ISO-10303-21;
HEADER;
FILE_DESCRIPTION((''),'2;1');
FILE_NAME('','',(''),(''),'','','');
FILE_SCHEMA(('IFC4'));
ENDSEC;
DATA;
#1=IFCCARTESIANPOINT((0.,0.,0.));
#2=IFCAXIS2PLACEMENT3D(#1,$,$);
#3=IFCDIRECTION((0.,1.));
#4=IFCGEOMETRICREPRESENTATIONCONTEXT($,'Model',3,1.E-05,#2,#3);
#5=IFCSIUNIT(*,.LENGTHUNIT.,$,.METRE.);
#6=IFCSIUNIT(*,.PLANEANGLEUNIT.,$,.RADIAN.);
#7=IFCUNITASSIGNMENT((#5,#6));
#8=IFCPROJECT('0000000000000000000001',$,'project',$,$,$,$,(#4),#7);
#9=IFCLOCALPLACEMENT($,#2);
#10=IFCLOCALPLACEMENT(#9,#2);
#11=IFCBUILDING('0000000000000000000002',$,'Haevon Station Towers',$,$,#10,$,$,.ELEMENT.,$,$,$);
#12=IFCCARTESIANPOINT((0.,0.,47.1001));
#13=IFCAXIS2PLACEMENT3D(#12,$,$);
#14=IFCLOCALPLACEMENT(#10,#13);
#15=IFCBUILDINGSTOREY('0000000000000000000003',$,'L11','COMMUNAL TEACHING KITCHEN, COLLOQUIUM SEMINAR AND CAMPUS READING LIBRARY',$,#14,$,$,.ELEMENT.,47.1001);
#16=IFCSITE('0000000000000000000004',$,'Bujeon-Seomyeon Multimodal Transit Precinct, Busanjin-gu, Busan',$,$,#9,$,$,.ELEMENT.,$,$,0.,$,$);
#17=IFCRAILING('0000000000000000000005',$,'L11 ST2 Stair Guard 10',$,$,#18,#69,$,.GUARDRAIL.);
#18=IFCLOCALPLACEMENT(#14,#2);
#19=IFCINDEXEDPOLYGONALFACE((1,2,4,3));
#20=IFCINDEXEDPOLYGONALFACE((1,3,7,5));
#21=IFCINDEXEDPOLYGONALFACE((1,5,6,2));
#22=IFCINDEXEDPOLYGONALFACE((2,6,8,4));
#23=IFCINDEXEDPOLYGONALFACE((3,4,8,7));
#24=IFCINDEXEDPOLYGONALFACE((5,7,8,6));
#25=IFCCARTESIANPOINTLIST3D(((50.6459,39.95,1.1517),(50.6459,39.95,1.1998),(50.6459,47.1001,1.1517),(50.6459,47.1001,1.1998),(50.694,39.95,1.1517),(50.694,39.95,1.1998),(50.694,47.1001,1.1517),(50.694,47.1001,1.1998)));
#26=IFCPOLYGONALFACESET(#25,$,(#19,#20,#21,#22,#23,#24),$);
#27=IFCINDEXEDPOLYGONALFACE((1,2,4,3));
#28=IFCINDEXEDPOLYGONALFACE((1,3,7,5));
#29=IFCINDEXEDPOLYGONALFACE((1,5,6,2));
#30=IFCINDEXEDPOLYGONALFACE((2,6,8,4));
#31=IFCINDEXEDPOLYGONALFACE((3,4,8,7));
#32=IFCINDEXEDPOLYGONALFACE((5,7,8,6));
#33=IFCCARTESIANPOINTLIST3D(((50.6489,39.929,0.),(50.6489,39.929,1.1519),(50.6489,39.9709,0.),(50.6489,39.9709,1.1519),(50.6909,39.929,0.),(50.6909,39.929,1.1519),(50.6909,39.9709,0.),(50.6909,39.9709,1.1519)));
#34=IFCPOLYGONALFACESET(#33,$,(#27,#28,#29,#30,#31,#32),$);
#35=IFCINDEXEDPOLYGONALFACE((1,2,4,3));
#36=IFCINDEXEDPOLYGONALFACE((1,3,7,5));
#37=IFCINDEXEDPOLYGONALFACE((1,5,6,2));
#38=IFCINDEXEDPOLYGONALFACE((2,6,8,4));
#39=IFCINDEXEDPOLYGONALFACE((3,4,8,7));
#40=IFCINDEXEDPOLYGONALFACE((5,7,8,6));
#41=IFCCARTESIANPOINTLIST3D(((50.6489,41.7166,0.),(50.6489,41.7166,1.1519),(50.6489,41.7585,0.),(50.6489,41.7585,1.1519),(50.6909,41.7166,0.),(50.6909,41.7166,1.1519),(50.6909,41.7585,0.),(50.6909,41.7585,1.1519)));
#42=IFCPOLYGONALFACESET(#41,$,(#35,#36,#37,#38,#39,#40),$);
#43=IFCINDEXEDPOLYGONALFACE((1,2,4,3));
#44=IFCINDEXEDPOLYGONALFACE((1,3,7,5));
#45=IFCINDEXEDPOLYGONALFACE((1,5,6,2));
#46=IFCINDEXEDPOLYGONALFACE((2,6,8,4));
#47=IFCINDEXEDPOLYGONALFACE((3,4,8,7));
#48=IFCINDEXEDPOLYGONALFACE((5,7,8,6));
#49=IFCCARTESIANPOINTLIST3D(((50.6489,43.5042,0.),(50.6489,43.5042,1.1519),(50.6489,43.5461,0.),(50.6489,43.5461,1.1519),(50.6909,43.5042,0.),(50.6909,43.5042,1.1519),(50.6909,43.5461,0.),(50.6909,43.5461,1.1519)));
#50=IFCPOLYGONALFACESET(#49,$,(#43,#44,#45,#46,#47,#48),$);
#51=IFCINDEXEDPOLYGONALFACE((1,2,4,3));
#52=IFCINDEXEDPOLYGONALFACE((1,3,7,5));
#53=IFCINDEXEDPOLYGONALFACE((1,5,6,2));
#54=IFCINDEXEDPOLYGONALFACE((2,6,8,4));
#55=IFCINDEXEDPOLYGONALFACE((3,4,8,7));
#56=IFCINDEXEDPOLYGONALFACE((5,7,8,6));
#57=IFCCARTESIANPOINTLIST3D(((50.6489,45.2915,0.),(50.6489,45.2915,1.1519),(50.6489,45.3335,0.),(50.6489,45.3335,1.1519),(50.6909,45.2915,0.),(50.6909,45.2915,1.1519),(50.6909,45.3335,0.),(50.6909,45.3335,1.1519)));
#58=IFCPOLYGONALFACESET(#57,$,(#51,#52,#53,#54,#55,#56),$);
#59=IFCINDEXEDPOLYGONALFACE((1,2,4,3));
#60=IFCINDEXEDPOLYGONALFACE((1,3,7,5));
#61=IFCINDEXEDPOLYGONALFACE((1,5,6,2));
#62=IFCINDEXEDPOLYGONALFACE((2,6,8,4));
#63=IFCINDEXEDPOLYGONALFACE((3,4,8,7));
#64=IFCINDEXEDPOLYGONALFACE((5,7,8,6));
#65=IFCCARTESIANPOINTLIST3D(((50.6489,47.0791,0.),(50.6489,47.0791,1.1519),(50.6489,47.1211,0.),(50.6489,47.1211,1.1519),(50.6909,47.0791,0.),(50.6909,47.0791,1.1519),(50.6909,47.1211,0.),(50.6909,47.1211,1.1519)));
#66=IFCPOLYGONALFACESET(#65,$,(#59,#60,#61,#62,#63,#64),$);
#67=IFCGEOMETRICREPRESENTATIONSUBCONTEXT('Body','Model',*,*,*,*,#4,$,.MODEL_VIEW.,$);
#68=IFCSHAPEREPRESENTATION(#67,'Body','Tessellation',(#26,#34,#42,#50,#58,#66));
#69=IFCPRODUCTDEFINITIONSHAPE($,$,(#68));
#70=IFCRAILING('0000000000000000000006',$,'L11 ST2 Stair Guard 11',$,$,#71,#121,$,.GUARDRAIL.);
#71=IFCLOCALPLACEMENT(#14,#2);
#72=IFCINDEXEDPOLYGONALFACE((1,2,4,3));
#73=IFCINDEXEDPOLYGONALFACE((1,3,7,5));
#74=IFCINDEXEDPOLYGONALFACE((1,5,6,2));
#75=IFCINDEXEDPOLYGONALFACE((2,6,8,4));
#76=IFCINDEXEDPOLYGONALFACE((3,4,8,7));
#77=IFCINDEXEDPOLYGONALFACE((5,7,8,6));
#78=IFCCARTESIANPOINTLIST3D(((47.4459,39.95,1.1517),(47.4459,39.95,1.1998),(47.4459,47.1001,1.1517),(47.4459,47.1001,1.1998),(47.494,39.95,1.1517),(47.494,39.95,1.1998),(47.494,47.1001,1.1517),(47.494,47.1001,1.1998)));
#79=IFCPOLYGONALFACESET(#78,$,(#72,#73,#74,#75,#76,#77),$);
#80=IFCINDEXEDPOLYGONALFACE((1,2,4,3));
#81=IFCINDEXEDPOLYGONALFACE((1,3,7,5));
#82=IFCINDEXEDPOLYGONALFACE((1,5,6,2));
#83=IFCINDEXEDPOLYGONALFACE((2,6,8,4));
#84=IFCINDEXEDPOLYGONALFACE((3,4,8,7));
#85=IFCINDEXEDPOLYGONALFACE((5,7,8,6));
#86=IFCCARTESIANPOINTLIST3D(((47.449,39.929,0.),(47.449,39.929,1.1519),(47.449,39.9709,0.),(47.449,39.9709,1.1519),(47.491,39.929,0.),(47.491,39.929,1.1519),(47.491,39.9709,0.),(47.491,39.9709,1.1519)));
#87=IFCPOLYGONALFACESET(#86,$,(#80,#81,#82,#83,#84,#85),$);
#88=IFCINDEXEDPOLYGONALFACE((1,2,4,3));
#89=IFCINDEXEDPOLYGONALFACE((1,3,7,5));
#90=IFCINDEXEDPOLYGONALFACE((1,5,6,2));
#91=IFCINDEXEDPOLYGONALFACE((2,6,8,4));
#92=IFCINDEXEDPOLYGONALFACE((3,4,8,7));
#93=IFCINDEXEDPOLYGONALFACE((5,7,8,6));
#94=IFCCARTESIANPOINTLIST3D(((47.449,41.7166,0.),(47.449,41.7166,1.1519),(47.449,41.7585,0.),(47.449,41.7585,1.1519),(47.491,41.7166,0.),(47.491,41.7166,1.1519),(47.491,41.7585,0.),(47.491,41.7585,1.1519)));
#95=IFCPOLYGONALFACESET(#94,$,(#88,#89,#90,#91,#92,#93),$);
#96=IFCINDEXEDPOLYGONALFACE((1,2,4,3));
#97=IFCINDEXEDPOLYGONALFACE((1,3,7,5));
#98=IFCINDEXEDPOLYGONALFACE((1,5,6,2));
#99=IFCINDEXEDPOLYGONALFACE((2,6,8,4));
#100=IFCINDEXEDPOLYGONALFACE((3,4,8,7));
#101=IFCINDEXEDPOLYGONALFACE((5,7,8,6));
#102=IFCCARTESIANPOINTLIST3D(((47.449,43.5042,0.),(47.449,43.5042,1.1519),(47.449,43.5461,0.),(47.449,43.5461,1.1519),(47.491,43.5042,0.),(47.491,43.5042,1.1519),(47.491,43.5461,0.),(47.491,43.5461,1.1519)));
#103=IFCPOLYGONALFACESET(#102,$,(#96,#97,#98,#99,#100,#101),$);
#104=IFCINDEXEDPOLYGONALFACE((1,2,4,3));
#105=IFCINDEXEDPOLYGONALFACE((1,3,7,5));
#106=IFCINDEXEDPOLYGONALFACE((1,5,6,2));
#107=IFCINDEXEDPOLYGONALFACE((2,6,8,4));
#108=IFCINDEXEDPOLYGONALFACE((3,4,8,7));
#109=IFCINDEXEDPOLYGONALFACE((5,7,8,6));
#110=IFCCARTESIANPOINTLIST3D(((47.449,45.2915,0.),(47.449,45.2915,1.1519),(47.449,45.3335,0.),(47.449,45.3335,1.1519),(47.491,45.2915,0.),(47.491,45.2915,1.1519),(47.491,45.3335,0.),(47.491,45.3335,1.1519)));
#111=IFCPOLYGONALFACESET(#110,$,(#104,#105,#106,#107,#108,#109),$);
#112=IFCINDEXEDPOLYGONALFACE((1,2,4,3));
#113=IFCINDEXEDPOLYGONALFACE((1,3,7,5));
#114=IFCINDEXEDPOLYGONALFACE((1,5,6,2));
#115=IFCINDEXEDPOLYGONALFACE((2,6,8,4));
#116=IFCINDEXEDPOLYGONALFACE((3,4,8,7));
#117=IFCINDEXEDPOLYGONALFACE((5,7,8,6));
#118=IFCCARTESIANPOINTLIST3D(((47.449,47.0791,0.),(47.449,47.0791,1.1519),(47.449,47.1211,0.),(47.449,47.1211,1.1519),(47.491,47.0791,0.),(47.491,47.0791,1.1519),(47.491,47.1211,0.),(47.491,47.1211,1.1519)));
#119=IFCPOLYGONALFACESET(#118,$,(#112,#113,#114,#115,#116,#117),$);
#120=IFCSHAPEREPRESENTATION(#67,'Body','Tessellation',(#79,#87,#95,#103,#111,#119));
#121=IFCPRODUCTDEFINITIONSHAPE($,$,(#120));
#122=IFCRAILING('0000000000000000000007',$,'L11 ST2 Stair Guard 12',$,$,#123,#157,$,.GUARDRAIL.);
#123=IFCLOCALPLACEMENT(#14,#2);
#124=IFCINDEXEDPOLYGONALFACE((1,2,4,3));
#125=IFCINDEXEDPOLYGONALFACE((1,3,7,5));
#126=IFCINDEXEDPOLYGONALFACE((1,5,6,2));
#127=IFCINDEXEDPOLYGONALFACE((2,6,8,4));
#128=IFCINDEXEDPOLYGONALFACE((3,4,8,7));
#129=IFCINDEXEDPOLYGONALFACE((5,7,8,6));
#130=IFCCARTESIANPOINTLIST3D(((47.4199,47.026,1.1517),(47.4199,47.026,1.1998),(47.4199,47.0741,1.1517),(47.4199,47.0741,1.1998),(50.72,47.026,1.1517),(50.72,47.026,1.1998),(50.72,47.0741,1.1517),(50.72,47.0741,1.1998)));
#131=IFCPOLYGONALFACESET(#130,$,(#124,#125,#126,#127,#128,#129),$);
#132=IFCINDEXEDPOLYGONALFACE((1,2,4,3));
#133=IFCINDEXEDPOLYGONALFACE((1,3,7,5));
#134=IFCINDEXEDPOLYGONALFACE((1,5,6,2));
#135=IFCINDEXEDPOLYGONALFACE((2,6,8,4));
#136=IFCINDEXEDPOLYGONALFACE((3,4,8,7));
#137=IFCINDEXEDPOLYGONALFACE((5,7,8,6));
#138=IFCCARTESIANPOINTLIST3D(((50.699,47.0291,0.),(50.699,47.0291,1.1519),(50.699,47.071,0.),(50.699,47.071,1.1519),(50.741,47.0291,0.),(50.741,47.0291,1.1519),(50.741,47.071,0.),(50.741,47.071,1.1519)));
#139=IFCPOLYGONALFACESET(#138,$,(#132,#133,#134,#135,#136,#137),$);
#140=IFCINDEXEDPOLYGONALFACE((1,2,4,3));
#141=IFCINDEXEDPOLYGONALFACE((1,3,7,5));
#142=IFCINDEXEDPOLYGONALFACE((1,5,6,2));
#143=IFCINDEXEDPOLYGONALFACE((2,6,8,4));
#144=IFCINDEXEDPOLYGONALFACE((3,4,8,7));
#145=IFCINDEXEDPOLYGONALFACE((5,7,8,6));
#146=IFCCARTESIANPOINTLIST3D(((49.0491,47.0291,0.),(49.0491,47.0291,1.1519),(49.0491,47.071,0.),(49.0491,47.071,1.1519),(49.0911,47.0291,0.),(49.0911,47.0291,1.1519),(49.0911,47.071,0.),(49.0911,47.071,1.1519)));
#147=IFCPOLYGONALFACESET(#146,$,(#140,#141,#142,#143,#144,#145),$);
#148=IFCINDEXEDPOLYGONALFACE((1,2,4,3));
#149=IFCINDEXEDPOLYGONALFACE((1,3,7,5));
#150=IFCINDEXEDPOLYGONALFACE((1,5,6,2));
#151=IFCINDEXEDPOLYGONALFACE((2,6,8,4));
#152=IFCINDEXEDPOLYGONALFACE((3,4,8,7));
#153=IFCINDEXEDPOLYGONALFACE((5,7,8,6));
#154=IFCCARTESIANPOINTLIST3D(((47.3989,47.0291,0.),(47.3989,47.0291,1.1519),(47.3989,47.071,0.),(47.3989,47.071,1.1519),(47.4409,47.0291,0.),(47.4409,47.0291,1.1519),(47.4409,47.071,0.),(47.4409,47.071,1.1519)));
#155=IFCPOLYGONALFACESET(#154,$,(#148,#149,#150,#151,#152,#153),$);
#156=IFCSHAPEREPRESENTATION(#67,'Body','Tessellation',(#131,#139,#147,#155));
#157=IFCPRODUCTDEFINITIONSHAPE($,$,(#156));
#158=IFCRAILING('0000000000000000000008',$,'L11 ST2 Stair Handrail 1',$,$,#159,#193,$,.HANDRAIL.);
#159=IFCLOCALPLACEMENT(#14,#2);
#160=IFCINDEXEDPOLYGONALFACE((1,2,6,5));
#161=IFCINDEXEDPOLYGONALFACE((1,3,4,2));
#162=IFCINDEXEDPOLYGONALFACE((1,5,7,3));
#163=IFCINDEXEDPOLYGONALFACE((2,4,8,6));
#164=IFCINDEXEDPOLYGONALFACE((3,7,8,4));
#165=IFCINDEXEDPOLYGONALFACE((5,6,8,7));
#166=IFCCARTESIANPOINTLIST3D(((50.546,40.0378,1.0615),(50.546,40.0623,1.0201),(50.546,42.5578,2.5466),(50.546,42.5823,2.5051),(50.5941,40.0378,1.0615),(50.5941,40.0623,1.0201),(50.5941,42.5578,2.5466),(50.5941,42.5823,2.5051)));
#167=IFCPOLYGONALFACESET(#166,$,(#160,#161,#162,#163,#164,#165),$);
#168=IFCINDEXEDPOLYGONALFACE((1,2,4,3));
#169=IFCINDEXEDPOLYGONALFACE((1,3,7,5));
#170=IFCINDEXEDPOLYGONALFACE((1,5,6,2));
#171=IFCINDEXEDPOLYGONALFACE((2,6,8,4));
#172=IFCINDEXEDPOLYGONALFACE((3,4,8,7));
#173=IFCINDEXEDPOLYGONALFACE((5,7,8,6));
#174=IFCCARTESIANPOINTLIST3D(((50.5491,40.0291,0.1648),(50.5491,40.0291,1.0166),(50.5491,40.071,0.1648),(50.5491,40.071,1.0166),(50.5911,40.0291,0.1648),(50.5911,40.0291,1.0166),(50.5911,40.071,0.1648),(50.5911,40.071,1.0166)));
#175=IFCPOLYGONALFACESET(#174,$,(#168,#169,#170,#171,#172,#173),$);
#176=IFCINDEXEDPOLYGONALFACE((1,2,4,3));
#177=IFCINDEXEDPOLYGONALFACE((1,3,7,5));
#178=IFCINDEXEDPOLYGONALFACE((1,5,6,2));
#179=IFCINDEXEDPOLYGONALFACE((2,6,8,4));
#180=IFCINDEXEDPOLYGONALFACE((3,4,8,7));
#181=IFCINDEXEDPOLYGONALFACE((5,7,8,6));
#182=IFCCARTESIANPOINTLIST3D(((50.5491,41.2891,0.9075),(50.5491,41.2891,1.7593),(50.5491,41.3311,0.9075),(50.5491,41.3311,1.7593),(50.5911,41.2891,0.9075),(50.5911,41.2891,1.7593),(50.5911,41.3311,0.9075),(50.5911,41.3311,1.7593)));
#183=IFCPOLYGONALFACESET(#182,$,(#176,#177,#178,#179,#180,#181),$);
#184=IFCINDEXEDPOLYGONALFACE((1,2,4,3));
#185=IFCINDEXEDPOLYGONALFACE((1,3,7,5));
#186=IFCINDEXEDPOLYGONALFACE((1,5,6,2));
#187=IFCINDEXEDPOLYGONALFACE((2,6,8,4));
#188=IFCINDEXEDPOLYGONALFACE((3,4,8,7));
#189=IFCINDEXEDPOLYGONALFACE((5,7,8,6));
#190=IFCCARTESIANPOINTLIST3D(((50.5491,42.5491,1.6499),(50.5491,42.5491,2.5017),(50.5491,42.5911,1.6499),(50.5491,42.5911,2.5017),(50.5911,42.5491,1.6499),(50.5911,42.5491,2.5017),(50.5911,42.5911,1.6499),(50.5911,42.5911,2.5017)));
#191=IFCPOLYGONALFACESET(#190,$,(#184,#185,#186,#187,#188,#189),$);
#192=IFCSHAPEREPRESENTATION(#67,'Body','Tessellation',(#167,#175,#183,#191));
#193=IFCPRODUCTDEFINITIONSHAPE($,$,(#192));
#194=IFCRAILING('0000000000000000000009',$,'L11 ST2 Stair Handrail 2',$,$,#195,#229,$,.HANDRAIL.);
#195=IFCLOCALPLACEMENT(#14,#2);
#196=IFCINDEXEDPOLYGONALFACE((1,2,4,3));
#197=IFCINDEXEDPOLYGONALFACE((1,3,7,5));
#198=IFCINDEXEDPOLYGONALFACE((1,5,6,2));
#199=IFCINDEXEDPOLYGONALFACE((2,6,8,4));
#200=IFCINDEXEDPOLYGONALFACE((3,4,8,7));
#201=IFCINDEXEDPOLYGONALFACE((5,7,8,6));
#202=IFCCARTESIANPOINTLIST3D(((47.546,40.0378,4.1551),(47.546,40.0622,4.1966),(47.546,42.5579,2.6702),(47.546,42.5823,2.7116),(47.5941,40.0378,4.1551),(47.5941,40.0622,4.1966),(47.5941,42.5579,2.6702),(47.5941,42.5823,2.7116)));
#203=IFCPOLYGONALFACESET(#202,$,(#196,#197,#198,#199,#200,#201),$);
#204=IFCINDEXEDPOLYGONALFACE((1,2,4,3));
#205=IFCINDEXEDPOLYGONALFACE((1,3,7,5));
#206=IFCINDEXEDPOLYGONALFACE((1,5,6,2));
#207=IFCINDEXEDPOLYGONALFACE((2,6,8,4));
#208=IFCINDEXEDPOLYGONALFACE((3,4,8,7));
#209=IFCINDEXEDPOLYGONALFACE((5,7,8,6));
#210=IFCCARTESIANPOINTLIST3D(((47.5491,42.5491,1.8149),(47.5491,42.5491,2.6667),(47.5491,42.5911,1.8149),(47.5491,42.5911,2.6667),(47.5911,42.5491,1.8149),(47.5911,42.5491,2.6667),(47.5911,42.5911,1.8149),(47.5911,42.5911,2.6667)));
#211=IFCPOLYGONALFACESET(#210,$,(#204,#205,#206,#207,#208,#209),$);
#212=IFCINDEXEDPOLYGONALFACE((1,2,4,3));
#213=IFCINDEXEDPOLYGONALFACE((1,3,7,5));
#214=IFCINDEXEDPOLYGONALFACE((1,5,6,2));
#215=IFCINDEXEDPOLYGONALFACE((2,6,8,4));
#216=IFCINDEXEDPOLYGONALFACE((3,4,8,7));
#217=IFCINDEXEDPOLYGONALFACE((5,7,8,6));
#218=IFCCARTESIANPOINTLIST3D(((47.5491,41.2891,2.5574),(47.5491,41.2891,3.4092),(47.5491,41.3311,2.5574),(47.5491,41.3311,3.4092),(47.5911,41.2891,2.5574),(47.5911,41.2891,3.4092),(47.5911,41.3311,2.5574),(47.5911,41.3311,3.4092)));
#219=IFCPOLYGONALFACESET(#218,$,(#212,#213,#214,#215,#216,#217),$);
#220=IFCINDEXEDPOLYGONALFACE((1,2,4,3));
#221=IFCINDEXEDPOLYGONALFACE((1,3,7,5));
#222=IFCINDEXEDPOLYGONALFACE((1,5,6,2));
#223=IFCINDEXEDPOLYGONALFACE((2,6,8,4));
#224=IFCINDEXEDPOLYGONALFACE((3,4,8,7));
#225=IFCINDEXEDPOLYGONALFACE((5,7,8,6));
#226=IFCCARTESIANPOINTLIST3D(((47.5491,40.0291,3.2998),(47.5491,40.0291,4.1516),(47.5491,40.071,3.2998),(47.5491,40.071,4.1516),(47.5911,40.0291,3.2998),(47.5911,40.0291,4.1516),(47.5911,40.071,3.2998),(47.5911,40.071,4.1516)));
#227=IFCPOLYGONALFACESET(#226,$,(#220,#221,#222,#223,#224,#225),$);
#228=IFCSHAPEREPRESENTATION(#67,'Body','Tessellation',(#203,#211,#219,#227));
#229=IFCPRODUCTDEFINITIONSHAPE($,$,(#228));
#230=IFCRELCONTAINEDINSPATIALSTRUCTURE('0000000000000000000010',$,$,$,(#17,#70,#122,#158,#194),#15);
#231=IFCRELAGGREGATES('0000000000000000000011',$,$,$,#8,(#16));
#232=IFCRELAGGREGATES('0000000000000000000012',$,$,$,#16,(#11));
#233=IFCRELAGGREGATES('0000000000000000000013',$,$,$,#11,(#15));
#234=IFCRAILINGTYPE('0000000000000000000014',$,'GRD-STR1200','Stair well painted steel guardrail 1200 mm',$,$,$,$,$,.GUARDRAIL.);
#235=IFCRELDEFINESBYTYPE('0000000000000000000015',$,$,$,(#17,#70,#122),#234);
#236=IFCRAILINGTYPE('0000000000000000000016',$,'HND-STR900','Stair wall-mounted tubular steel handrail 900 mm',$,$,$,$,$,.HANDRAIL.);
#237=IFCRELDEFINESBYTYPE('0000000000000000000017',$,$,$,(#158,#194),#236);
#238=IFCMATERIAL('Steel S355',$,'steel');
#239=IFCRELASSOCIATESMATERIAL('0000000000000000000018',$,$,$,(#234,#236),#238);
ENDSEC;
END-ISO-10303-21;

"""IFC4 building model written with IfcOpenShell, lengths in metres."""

from ifc_helpers import new_model, si_unit, direction, frame, origin, origin_2d, place, context, subcontext, project, spatial, rectangle, extrude, material, type_object, element, save


model = new_model("IFC4")

# Units and contexts
model_context = context("Model", 3, precision=1e-05, world=origin(), true_north=direction((0.0, 1.0)))
body_context = subcontext(model_context, "Body", "Model", "MODEL_VIEW")
ifc_project = project(units=[si_unit("LENGTHUNIT", "METRE"), si_unit("PLANEANGLEUNIT", "RADIAN")], contexts=[model_context])

# Site, building, storey
site_placement = place(None, origin())
site = spatial("IfcSite", under=ifc_project, at=site_placement, Name="Bujeon-Seomyeon Multimodal Transit Precinct, Busanjin-gu, Busan", CompositionType="ELEMENT", RefElevation=0.0)
building_placement = place(site_placement, origin())
building = spatial("IfcBuilding", under=site, at=building_placement, Name="Haevon Station Towers", CompositionType="ELEMENT")
storey_placement = place(building_placement, frame((0.0, 0.0, 47.1001)))
storey = spatial("IfcBuildingStorey", under=building, at=storey_placement, Name="L11", Description="COMMUNAL TEACHING KITCHEN, COLLOQUIUM SEMINAR AND CAMPUS READING LIBRARY", CompositionType="ELEMENT", Elevation=47.1001)

# Shared definitions
ifc_material_1 = material(Name="Steel S355", Category="steel")

# Railings
railing_type_1 = type_object("IfcRailingType", Name="GRD-STR1200", Description="Stair well painted steel guardrail 1200 mm", PredefinedType="GUARDRAIL", material=ifc_material_1)
for number, where, name in (
    (1, (50.6699, 39.95, 0.0), "L11 ST2 Stair Guard 10"),
    (2, (47.47, 39.95, 0.0), "L11 ST2 Stair Guard 11"),
):
    element("IfcRailing", number, at=place(storey_placement, frame(where)), inside=storey, type_object=railing_type_1, Name=name, PredefinedType="GUARDRAIL", context=body_context, shape_type="SweptSolid", body=[
        extrude(rectangle(XDim=0.0481, YDim=0.0481, at=origin_2d()), frame((0.0, 0.0, 1.1758), z_axis=(0.0, 1.0, 0.0), x_axis=(-1.0, 0.0, 0.0)), (0.0, 0.0, 1.0), 7.1501),
        extrude(rectangle(XDim=0.042, YDim=0.042, at=origin_2d()), origin(), (0.0, 0.0, 1.0), 1.1519),
        extrude(rectangle(XDim=0.042, YDim=0.042, at=origin_2d()), frame((0.0, 1.7876, 0.0)), (0.0, 0.0, 1.0), 1.1519),
        extrude(rectangle(XDim=0.042, YDim=0.042, at=origin_2d()), frame((0.0, 3.5752, 0.0)), (0.0, 0.0, 1.0), 1.1519),
        extrude(rectangle(XDim=0.042, YDim=0.042, at=origin_2d()), frame((0.0, 5.3625, 0.0)), (0.0, 0.0, 1.0), 1.1519),
        extrude(rectangle(XDim=0.042, YDim=0.042, at=origin_2d()), frame((0.0, 7.1501, 0.0)), (0.0, 0.0, 1.0), 1.1519),
    ])
railing_1_placement = place(storey_placement, frame((50.72, 47.05, 0.0)))
element("IfcRailing", 3, at=railing_1_placement, inside=storey, type_object=railing_type_1, Name="L11 ST2 Stair Guard 12", PredefinedType="GUARDRAIL", context=body_context, shape_type="SweptSolid", body=[
    extrude(rectangle(XDim=0.0481, YDim=0.0481, at=origin_2d()), frame((0.0, 0.0, 1.1758), z_axis=(-1.0, 0.0, 0.0), x_axis=(0.0, -1.0, 0.0)), (0.0, 0.0, 1.0), 3.3),
    extrude(rectangle(XDim=0.042, YDim=0.042, at=origin_2d()), origin(), (0.0, 0.0, 1.0), 1.1519),
    extrude(rectangle(XDim=0.042, YDim=0.042, at=origin_2d()), frame((-1.6499, 0.0, 0.0)), (0.0, 0.0, 1.0), 1.1519),
    extrude(rectangle(XDim=0.042, YDim=0.042, at=origin_2d()), frame((-3.3, 0.0, 0.0)), (0.0, 0.0, 1.0), 1.1519),
])
railing_type_2 = type_object("IfcRailingType", Name="HND-STR900", Description="Stair wall-mounted tubular steel handrail 900 mm", PredefinedType="HANDRAIL", material=ifc_material_1)
railing_2_placement = place(storey_placement, frame((50.5701, 40.05, 0.1648)))
element("IfcRailing", 4, at=railing_2_placement, inside=storey, type_object=railing_type_2, Name="L11 ST2 Stair Handrail 1", PredefinedType="HANDRAIL", context=body_context, shape_type="SweptSolid", body=[
    extrude(rectangle(XDim=0.0481, YDim=0.0481, at=origin_2d()), frame((0.0, 0.0, 0.876), z_axis=(0.0, 0.861524, 0.507717), x_axis=(-1.0, 0.0, 0.0)), (0.0, 0.0, 1.0), 2.925),
    extrude(rectangle(XDim=0.042, YDim=0.042, at=origin_2d()), origin(), (0.0, 0.0, 1.0), 0.8518),
    extrude(rectangle(XDim=0.042, YDim=0.042, at=origin_2d()), frame((0.0, 1.26, 0.7427)), (0.0, 0.0, 1.0), 0.8518),
    extrude(rectangle(XDim=0.042, YDim=0.042, at=origin_2d()), frame((0.0, 2.52, 1.4851)), (0.0, 0.0, 1.0), 0.8518),
])
railing_3_placement = place(storey_placement, frame((47.5701, 42.5701, 1.8149)))
element("IfcRailing", 5, at=railing_3_placement, inside=storey, type_object=railing_type_2, Name="L11 ST2 Stair Handrail 2", PredefinedType="HANDRAIL", context=body_context, shape_type="SweptSolid", body=[
    extrude(rectangle(XDim=0.0481, YDim=0.0481, at=origin_2d()), frame((0.0, 0.0, 0.876), z_axis=(0.0, -0.861561, 0.507655), x_axis=(1.0, 0.0, 0.0)), (0.0, 0.0, 1.0), 2.925),
    extrude(rectangle(XDim=0.042, YDim=0.042, at=origin_2d()), origin(), (0.0, 0.0, 1.0), 0.8518),
    extrude(rectangle(XDim=0.042, YDim=0.042, at=origin_2d()), frame((0.0, -1.26, 0.7424)), (0.0, 0.0, 1.0), 0.8518),
    extrude(rectangle(XDim=0.042, YDim=0.042, at=origin_2d()), frame((0.0, -2.52, 1.4849)), (0.0, 0.0, 1.0), 0.8518),
])

save(model, "model.ifc")
